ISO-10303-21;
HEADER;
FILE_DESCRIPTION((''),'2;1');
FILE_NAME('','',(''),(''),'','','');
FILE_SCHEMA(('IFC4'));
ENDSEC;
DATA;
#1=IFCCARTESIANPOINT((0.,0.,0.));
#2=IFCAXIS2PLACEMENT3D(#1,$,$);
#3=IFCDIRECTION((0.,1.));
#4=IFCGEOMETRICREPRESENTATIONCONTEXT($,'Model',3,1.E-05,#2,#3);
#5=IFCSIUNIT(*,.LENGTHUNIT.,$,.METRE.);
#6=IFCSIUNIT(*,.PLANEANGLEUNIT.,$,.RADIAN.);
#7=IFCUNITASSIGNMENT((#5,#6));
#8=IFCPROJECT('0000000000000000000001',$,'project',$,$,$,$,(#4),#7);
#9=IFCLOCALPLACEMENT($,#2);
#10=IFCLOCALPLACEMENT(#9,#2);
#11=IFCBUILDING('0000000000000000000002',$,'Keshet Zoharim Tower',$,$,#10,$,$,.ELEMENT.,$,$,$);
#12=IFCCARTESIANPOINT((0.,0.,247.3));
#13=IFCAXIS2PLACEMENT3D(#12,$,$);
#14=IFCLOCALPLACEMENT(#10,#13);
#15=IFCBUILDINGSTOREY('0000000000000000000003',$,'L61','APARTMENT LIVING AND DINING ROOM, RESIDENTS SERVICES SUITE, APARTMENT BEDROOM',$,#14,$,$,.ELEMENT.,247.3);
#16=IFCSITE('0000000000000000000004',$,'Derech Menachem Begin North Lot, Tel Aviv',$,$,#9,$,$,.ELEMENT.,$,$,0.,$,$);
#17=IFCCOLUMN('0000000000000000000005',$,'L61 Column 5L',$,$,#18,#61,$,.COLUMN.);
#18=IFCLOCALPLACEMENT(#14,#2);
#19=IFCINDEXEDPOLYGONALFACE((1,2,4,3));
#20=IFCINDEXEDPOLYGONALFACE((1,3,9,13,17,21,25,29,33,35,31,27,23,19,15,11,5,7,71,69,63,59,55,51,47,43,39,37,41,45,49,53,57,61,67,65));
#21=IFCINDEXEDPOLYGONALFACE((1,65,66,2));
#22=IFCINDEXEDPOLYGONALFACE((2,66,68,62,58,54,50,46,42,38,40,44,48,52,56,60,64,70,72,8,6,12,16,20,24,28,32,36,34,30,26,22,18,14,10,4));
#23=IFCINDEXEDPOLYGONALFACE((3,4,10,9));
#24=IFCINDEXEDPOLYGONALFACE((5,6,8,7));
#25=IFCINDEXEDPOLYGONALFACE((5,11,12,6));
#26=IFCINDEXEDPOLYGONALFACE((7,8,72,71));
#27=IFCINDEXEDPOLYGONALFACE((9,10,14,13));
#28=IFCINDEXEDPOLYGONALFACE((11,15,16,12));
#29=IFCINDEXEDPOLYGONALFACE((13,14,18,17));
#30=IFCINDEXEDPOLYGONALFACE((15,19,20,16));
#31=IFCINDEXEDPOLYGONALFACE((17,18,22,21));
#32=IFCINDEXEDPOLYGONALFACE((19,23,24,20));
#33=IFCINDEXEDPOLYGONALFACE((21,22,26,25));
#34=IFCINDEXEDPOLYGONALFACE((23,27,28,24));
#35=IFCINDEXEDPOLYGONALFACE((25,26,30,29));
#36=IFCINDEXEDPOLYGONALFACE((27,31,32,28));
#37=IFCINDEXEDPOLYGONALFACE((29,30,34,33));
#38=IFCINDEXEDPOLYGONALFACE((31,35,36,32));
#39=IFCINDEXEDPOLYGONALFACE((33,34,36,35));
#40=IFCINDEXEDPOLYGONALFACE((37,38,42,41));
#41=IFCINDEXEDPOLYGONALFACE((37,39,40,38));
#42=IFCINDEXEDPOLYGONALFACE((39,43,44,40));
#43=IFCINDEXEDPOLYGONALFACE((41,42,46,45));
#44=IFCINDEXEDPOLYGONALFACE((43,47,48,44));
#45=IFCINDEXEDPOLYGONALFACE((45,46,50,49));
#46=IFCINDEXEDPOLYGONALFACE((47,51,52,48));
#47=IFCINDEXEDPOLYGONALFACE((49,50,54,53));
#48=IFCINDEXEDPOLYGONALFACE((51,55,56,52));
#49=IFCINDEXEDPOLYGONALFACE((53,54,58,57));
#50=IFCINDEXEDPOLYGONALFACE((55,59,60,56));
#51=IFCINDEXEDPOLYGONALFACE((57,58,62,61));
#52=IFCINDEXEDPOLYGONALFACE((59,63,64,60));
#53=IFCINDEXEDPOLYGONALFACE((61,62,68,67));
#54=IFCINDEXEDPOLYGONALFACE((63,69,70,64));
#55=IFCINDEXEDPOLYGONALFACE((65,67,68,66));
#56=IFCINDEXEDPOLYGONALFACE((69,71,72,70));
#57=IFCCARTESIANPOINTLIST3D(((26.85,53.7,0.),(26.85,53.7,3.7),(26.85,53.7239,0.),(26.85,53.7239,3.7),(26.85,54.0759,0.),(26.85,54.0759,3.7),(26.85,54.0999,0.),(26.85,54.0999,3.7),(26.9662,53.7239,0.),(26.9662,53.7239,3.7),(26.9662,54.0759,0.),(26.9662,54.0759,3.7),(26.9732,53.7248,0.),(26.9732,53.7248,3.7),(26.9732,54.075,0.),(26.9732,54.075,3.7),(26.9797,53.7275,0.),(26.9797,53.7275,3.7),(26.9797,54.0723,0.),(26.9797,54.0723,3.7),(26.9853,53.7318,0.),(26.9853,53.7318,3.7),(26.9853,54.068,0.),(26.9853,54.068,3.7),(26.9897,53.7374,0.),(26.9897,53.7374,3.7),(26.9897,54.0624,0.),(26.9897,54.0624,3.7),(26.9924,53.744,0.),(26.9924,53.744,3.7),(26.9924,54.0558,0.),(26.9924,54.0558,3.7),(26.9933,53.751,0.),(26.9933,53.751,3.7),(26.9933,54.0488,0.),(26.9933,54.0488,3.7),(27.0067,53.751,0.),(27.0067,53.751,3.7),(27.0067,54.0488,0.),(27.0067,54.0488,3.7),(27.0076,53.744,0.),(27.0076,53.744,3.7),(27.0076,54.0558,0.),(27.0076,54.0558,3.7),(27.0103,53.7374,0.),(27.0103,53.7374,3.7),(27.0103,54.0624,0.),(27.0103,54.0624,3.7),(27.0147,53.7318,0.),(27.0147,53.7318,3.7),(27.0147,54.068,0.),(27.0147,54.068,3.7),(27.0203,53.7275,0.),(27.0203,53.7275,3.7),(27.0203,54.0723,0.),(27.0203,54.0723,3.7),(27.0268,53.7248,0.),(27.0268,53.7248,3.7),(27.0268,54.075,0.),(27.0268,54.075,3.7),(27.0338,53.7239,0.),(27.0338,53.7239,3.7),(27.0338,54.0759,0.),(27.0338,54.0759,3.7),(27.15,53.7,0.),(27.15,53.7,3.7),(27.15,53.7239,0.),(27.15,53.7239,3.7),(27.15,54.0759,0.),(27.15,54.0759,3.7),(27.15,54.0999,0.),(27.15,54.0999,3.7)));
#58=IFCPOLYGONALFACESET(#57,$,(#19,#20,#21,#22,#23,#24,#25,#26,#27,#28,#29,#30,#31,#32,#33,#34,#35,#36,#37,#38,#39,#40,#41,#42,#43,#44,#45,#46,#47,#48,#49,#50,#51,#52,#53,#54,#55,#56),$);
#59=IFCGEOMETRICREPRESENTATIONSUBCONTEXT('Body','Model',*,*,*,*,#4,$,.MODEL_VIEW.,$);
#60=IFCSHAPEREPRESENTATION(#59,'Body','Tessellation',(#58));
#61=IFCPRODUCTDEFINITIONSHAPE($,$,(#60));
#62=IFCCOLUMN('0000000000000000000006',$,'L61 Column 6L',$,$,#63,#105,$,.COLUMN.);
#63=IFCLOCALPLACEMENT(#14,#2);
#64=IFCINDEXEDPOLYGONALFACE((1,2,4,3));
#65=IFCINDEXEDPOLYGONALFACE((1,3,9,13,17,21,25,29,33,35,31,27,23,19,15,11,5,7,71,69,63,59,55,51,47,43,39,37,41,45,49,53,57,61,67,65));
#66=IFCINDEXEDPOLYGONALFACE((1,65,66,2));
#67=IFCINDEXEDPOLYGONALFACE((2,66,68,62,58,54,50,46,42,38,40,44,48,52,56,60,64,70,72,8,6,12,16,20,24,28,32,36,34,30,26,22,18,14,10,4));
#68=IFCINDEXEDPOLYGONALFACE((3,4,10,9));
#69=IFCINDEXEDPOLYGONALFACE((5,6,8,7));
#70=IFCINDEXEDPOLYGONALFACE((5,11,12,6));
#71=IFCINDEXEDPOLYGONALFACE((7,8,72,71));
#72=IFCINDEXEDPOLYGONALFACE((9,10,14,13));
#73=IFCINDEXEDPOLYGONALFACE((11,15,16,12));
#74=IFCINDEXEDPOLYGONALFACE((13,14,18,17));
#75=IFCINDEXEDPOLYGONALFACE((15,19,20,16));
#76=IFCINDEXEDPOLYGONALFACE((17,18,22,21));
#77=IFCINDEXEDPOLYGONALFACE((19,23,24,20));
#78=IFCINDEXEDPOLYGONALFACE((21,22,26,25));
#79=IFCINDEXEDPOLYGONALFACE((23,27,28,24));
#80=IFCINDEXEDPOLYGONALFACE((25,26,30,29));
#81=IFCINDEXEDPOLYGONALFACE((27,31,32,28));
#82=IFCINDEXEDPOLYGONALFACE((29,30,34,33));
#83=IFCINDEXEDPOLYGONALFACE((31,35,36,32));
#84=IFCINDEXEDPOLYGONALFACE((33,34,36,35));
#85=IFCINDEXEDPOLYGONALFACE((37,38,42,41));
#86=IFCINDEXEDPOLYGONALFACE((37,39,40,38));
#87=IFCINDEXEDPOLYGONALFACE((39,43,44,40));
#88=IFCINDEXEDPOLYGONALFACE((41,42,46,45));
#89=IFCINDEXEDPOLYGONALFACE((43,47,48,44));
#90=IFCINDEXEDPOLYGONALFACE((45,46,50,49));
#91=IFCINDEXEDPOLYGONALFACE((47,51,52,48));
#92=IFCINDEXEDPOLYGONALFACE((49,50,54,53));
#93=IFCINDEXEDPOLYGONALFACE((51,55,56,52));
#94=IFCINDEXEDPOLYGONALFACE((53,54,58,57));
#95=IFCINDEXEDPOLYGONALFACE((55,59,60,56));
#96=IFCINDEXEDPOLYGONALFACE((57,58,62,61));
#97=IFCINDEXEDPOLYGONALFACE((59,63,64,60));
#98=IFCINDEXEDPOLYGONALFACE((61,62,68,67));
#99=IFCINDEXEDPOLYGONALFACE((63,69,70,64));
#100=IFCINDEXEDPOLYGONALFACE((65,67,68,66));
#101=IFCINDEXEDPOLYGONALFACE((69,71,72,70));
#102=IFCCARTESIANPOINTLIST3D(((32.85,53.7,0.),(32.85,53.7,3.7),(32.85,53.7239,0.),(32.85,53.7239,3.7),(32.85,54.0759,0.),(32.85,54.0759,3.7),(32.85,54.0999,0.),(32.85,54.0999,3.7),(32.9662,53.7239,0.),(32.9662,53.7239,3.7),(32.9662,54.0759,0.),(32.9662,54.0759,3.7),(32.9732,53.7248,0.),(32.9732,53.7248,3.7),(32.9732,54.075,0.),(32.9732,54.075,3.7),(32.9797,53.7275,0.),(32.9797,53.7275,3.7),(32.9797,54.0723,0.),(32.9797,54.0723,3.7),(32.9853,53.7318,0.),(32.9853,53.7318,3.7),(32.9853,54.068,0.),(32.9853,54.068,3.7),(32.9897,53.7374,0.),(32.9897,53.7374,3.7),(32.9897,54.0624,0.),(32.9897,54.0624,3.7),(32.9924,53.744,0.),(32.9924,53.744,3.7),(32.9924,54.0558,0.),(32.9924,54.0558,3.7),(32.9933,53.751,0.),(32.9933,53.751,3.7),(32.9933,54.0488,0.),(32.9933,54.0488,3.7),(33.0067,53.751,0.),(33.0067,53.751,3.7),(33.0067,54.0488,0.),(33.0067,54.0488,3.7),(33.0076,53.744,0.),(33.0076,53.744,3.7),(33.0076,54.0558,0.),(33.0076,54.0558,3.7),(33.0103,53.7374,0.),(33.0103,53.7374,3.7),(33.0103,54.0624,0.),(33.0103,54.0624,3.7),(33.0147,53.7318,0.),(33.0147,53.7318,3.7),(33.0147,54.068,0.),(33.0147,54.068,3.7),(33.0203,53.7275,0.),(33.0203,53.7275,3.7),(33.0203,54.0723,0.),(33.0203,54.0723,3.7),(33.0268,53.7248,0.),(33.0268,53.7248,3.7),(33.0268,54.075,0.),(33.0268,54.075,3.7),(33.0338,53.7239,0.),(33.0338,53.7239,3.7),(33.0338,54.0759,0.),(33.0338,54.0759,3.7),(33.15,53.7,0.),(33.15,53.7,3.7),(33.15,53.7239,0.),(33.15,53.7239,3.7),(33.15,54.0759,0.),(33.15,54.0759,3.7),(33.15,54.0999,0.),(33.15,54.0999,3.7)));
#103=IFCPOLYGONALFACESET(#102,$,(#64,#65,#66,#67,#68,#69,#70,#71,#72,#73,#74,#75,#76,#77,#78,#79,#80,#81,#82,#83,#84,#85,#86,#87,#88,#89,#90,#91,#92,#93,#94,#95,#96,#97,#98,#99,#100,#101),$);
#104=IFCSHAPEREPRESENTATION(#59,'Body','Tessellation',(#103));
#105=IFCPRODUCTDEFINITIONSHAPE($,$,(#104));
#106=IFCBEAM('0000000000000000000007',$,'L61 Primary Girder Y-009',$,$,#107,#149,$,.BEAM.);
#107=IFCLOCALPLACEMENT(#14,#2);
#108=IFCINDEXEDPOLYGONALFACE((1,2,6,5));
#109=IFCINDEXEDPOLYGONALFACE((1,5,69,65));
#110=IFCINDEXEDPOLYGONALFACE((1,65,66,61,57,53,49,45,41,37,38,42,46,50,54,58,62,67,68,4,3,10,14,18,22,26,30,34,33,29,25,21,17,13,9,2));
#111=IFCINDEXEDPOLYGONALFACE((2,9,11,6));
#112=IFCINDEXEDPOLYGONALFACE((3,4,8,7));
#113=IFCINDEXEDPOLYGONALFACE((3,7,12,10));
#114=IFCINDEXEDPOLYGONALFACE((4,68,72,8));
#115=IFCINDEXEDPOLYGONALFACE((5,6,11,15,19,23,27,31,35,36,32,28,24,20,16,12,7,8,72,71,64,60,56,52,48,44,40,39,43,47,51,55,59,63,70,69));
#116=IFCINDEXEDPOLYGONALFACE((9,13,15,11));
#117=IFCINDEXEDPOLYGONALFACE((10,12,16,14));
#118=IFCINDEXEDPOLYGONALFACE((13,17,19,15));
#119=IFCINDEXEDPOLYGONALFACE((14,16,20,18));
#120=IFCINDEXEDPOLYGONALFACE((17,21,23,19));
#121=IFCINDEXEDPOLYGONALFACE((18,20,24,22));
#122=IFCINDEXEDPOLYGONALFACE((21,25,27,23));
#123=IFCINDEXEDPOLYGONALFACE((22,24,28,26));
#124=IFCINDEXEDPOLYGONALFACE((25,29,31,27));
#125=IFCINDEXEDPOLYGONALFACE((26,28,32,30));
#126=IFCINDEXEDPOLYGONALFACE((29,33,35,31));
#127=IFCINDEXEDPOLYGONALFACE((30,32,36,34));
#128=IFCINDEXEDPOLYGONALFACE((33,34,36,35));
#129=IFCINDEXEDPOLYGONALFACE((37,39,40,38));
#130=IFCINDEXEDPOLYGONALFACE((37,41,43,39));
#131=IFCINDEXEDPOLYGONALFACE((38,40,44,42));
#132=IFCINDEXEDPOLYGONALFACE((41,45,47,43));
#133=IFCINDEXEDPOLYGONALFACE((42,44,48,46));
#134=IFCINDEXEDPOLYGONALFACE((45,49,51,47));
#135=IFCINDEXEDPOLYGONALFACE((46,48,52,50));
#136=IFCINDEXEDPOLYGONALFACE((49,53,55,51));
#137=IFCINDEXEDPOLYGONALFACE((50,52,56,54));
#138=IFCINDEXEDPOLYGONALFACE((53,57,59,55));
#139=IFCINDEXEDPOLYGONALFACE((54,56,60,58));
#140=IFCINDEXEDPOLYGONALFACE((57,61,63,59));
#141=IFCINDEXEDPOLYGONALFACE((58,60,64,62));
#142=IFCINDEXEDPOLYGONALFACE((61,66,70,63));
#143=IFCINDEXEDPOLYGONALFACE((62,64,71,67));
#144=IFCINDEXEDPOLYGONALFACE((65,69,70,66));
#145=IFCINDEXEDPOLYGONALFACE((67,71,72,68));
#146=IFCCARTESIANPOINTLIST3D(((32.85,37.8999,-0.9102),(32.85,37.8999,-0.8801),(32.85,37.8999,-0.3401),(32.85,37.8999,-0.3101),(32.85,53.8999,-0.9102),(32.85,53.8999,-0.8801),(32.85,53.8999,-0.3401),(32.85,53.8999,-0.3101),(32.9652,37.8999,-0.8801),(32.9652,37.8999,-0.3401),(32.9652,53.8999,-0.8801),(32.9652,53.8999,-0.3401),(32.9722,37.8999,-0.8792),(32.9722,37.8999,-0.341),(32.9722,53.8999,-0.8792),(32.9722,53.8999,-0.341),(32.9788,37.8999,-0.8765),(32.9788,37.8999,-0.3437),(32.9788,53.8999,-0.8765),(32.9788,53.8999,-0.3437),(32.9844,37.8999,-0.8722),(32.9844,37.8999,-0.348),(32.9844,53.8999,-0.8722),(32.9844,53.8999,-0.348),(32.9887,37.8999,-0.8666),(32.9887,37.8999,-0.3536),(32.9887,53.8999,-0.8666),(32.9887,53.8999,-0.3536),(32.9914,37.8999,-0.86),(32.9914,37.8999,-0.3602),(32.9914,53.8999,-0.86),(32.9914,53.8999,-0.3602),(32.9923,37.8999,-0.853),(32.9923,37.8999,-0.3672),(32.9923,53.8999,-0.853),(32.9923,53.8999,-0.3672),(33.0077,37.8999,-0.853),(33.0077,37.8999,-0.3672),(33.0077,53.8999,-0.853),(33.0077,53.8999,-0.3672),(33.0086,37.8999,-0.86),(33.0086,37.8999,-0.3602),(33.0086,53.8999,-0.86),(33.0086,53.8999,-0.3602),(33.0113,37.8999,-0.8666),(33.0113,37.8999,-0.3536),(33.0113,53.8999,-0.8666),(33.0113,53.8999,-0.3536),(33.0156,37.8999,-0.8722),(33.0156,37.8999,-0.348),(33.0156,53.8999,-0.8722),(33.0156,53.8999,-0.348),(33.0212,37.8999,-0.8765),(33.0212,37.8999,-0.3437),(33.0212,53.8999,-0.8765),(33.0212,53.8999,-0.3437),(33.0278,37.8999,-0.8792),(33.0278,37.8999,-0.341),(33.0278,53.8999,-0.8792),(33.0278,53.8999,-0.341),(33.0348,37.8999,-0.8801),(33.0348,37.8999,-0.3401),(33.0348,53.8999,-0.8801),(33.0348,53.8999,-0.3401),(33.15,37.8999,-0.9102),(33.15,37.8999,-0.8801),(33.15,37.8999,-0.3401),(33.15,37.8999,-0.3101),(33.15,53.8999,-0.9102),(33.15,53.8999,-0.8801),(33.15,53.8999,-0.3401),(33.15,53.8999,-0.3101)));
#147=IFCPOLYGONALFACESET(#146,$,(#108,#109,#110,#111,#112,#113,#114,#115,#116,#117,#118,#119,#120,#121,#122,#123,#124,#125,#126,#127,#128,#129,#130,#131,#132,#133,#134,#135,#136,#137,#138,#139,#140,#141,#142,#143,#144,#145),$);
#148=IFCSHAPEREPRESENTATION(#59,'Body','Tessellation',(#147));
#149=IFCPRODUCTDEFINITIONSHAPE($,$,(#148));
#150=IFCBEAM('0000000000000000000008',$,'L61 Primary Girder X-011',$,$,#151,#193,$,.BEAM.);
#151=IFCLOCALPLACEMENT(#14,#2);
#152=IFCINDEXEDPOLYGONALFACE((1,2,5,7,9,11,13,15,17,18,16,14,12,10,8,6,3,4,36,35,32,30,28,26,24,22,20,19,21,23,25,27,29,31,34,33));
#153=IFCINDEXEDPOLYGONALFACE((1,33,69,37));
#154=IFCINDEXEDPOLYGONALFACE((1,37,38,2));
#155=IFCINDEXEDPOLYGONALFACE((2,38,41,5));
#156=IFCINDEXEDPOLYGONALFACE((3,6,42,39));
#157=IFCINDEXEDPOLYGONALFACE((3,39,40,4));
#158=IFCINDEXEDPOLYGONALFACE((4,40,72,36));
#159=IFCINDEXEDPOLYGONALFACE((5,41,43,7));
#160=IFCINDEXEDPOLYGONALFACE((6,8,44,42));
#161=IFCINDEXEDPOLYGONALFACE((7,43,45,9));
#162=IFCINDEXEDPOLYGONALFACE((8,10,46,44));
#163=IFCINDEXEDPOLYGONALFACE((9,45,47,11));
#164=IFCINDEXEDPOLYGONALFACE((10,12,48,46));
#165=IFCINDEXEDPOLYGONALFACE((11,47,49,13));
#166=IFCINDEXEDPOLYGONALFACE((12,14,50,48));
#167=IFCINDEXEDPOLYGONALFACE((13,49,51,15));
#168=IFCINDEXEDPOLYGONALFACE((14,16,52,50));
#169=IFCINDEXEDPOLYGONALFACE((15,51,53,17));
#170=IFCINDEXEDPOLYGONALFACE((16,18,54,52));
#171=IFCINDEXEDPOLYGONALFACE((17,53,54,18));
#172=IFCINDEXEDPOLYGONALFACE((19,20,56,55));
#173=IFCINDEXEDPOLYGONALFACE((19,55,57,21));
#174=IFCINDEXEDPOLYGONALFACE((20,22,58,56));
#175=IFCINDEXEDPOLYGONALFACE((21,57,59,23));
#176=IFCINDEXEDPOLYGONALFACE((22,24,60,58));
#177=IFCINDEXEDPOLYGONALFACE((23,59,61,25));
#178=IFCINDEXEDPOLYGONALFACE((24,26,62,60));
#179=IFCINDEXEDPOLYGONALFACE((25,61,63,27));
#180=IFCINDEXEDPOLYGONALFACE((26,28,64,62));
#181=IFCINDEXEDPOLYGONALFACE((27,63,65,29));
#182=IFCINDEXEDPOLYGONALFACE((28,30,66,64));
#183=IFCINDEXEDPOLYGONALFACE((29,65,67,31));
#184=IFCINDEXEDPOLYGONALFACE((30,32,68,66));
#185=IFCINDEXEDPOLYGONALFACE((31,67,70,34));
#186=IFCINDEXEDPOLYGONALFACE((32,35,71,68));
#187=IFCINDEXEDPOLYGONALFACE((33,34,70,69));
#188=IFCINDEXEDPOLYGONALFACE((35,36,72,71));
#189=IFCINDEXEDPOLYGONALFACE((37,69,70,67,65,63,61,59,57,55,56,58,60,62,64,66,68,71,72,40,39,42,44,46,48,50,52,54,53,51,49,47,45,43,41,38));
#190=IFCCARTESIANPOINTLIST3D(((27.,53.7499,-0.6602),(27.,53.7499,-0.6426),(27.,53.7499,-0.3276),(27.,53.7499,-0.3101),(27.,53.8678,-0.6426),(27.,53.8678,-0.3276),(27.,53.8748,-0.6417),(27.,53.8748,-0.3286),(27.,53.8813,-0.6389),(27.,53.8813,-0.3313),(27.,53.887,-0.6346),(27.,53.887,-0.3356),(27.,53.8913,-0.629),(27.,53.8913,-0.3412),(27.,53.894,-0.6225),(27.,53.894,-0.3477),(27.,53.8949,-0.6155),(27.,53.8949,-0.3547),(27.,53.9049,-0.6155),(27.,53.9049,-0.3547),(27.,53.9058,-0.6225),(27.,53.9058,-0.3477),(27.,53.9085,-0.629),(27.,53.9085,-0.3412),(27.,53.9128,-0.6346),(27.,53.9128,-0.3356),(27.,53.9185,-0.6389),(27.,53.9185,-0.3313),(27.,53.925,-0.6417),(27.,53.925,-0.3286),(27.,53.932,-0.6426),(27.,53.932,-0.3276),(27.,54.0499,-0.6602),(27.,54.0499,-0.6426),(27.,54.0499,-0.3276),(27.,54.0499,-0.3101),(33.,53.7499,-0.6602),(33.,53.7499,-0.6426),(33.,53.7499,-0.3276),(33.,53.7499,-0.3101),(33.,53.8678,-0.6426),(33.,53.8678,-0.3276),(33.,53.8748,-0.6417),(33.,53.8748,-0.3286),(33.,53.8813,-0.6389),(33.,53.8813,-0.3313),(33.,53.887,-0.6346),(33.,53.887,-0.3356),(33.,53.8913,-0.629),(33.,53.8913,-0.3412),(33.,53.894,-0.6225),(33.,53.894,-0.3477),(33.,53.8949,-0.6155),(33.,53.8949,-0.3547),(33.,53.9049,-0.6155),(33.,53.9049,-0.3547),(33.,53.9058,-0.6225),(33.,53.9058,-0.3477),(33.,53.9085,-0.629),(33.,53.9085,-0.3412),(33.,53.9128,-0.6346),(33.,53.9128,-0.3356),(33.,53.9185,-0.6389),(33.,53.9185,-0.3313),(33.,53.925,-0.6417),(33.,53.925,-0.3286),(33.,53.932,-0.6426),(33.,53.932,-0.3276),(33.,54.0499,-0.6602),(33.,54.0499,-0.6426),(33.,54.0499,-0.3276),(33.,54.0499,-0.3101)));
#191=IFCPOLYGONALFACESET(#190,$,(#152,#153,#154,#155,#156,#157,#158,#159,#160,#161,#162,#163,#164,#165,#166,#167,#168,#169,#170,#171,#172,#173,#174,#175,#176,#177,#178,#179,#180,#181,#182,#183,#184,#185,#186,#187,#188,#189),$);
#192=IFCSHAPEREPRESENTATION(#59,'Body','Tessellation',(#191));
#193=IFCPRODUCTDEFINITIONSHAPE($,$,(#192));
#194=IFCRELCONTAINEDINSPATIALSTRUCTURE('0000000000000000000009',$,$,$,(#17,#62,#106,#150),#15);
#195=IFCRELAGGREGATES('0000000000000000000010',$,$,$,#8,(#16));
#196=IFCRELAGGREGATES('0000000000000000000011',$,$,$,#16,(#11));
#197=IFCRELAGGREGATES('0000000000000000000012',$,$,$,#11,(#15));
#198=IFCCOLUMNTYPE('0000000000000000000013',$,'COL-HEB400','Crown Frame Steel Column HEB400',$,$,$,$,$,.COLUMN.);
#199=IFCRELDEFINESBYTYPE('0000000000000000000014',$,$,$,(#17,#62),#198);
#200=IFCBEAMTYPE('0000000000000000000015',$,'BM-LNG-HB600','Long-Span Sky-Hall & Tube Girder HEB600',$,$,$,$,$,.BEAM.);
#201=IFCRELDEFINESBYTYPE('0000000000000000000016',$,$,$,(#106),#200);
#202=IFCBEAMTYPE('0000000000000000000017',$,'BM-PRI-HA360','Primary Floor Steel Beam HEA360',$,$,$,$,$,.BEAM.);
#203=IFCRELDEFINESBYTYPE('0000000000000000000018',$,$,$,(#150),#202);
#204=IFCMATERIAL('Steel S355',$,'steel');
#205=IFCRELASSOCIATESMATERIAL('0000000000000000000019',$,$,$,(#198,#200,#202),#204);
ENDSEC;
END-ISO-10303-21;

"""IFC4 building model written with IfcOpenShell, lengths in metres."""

from ifc_helpers import new_model, si_unit, direction, frame, origin, origin_2d, place, context, subcontext, project, spatial, i_section, extrude, material, material_profile, profile_set, type_object, element, save


model = new_model("IFC4")

# Units and contexts
model_context = context("Model", 3, precision=1e-05, world=origin(), true_north=direction((0.0, 1.0)))
body_context = subcontext(model_context, "Body", "Model", "MODEL_VIEW")
ifc_project = project(units=[si_unit("LENGTHUNIT", "METRE"), si_unit("PLANEANGLEUNIT", "RADIAN")], contexts=[model_context])

# Site, building, storey
site_placement = place(None, origin())
site = spatial("IfcSite", under=ifc_project, at=site_placement, Name="Derech Menachem Begin North Lot, Tel Aviv", CompositionType="ELEMENT", RefElevation=0.0)
building_placement = place(site_placement, origin())
building = spatial("IfcBuilding", under=site, at=building_placement, Name="Keshet Zoharim Tower", CompositionType="ELEMENT")
storey_placement = place(building_placement, frame((0.0, 0.0, 247.3)))
storey = spatial("IfcBuildingStorey", under=building, at=storey_placement, Name="L61", Description="APARTMENT LIVING AND DINING ROOM, RESIDENTS SERVICES SUITE, APARTMENT BEDROOM", CompositionType="ELEMENT", Elevation=247.3)

# Columns
ifc_material_1 = material(Name="Steel S355", Category="steel")
ifc_material_profile_1 = material_profile(ifc_material_1, i_section(OverallWidth=0.3, OverallDepth=0.3999, WebThickness=0.0134, FlangeThickness=0.0239, FilletRadius=0.0271, at=origin_2d()), Name="HEB400")
ifc_profile_set_1 = profile_set([ifc_material_profile_1], Name="Steel S355")
column_type = type_object("IfcColumnType", Name="COL-HEB400", Description="Crown Frame Steel Column HEB400", PredefinedType="COLUMN", material=ifc_profile_set_1)
for number, where, z_axis, x_axis, name in (
    (1, (27.0, 53.8999, 0.0), (0.0, 0.0, 1.0), (1.0, 0.0, 0.0), "L61 Column 5L"),
    (2, (33.0, 53.8999, 0.0), (0.0, 0.0, 1.0), (1.0, 0.0, 0.0), "L61 Column 6L"),
):
    element("IfcColumn", number, at=place(storey_placement, frame(where, z_axis=z_axis, x_axis=x_axis)), inside=storey, type_object=column_type, Name=name, PredefinedType="COLUMN", context=body_context, shape_type="SweptSolid", body=[
        extrude(i_section(OverallWidth=0.3, OverallDepth=0.3999, WebThickness=0.0134, FlangeThickness=0.0239, FilletRadius=0.0271, at=origin_2d()), origin(), (0.0, 0.0, 1.0), 3.7),
    ])

# Beams
ifc_material_profile_2 = material_profile(ifc_material_1, i_section(OverallWidth=0.3, OverallDepth=0.6001, WebThickness=0.0154, FlangeThickness=0.03, FilletRadius=0.0271, at=origin_2d()), Name="HEB600")
ifc_profile_set_2 = profile_set([ifc_material_profile_2], Name="Steel S355")
beam_type_1 = type_object("IfcBeamType", Name="BM-LNG-HB600", Description="Long-Span Sky-Hall & Tube Girder HEB600", PredefinedType="BEAM", material=ifc_profile_set_2)
beam_1_placement = place(storey_placement, frame((33.0, 37.8999, -0.6101), z_axis=(0.0, 1.0, 0.0), x_axis=(-1.0, 0.0, 0.0)))
element("IfcBeam", 3, at=beam_1_placement, inside=storey, type_object=beam_type_1, Name="L61 Primary Girder Y-009", PredefinedType="BEAM", context=body_context, shape_type="SweptSolid", body=[
    extrude(i_section(OverallWidth=0.3, OverallDepth=0.6001, WebThickness=0.0154, FlangeThickness=0.03, FilletRadius=0.0271, at=origin_2d()), origin(), (0.0, 0.0, 1.0), 16.0),
])
ifc_material_profile_3 = material_profile(ifc_material_1, i_section(OverallWidth=0.3, OverallDepth=0.3501, WebThickness=0.01, FlangeThickness=0.0176, FilletRadius=0.0271, at=origin_2d()), Name="HEA360")
ifc_profile_set_3 = profile_set([ifc_material_profile_3], Name="Steel S355")
beam_type_2 = type_object("IfcBeamType", Name="BM-PRI-HA360", Description="Primary Floor Steel Beam HEA360", PredefinedType="BEAM", material=ifc_profile_set_3)
beam_2_placement = place(storey_placement, frame((27.0, 53.8999, -0.4851), z_axis=(1.0, 0.0, 0.0), x_axis=(0.0, 1.0, 0.0)))
element("IfcBeam", 4, at=beam_2_placement, inside=storey, type_object=beam_type_2, Name="L61 Primary Girder X-011", PredefinedType="BEAM", context=body_context, shape_type="SweptSolid", body=[
    extrude(i_section(OverallWidth=0.3, OverallDepth=0.3501, WebThickness=0.01, FlangeThickness=0.0176, FilletRadius=0.0271, at=origin_2d()), origin(), (0.0, 0.0, 1.0), 6.0),
])

save(model, "model.ifc")
